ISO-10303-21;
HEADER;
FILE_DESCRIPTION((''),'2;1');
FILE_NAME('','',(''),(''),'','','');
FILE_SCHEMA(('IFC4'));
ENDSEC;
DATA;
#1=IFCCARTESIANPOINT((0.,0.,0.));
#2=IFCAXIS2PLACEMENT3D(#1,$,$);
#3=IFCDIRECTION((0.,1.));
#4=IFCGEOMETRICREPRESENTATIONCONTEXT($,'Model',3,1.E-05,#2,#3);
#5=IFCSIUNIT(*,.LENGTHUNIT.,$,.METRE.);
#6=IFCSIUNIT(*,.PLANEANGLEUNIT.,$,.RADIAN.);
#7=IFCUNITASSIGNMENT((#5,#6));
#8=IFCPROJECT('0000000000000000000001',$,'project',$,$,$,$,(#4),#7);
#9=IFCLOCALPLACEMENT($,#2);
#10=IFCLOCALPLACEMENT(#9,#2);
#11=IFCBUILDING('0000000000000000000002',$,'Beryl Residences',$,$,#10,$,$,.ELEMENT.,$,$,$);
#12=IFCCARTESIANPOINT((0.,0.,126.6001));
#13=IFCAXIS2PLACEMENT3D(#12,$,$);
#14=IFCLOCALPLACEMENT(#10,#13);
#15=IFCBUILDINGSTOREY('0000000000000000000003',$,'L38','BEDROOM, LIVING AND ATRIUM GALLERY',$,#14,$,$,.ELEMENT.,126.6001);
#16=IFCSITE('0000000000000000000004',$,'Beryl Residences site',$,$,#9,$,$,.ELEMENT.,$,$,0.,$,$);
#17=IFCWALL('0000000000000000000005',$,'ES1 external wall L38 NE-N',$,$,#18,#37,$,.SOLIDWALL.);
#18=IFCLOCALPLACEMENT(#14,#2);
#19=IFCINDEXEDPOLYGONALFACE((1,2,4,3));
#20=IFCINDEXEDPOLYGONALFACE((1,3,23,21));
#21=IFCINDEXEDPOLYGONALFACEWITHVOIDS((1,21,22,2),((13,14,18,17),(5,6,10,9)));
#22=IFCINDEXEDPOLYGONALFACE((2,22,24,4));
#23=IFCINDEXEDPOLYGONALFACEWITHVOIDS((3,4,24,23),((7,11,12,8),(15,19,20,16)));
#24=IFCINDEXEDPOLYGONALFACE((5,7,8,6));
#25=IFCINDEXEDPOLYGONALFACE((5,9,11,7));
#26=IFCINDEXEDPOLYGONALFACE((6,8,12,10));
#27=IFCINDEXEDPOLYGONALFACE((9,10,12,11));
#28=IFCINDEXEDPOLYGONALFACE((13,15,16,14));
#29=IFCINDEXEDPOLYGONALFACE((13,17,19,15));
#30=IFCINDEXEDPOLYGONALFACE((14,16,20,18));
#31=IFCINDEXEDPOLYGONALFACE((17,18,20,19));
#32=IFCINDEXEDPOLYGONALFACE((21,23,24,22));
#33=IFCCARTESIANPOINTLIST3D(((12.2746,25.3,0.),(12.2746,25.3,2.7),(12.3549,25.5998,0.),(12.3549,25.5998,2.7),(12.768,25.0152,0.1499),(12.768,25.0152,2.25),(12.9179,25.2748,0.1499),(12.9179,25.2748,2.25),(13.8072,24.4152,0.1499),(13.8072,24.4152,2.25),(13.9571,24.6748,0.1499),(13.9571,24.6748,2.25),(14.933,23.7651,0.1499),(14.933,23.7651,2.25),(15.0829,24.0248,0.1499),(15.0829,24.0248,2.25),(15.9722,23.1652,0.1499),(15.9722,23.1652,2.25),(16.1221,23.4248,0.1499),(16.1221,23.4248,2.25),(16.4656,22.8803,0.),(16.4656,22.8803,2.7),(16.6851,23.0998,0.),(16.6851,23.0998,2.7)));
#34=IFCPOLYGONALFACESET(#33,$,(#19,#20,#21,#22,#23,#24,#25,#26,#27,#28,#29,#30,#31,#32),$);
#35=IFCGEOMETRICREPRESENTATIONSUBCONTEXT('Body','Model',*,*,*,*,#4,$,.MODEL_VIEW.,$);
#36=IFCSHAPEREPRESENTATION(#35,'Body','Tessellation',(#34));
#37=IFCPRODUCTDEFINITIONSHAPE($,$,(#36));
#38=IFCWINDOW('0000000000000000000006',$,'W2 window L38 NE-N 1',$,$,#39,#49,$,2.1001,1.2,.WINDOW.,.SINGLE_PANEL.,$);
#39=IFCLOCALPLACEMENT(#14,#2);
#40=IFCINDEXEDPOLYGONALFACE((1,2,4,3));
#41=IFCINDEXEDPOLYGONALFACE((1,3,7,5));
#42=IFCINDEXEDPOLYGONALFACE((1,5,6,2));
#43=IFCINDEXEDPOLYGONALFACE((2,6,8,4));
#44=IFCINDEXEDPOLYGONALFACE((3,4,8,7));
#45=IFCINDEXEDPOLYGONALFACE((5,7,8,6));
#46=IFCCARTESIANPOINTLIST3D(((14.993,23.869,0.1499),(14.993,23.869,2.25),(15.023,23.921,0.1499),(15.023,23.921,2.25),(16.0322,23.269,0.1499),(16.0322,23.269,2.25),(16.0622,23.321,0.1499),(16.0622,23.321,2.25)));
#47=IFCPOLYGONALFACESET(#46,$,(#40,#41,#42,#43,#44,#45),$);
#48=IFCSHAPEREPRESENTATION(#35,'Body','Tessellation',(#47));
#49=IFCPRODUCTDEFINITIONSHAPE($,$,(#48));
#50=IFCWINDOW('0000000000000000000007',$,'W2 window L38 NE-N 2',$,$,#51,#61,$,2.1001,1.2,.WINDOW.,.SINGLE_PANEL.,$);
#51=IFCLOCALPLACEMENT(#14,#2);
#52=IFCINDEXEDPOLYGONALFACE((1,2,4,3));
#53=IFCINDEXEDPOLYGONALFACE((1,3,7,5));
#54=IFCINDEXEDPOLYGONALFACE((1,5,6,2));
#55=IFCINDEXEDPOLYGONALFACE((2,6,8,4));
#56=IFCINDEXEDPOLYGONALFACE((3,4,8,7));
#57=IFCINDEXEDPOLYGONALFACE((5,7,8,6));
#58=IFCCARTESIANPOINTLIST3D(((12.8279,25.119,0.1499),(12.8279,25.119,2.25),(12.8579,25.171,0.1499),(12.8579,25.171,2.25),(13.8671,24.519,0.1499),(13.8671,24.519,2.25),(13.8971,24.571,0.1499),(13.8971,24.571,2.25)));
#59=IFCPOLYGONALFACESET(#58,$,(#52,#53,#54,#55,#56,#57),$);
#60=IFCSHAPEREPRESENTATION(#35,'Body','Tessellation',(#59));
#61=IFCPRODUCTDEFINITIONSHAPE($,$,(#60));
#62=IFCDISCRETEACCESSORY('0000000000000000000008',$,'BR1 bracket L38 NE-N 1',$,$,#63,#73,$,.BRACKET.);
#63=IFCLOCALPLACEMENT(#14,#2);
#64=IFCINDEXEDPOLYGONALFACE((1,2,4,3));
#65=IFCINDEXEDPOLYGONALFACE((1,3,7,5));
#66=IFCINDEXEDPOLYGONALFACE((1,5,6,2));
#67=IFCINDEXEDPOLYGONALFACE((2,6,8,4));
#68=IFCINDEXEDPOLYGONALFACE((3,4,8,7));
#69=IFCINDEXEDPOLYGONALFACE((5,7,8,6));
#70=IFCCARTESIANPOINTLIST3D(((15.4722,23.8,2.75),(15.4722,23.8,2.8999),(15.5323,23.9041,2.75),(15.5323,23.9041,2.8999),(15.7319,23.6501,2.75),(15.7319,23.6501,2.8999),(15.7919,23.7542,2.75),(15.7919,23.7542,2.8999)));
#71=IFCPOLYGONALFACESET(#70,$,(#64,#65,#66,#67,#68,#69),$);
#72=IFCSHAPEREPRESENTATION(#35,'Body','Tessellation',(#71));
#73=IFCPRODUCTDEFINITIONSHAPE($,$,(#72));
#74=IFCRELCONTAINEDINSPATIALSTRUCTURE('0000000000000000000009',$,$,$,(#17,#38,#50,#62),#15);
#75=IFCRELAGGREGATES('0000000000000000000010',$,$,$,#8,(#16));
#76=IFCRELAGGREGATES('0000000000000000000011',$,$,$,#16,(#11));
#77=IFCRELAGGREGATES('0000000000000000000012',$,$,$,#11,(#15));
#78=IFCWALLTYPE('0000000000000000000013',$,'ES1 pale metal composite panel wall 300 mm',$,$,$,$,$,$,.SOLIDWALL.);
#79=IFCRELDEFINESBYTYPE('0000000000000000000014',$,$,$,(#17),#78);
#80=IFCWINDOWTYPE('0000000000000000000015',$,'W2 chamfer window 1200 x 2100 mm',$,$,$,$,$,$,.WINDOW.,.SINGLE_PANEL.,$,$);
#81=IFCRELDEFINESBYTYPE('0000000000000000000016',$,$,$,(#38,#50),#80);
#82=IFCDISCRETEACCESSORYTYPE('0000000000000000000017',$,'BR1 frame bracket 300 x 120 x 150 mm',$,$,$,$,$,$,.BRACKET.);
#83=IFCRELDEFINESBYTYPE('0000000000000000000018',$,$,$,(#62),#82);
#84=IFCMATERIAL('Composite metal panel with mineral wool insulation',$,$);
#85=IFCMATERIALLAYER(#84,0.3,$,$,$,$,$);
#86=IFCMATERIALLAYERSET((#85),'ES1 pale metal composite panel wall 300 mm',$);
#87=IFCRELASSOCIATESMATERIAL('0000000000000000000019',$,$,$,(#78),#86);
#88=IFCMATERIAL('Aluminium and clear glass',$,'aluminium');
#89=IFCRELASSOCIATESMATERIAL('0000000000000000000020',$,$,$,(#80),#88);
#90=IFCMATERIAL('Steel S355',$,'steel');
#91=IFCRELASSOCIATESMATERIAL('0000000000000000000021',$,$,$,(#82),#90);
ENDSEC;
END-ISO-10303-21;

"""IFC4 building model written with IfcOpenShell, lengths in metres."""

from ifc_helpers import new_model, si_unit, direction, frame, frame_2d, origin, place, context, subcontext, project, spatial, polyline, rectangle, outline, extrude, source, transform, mapped, material, layer, layer_set, type_object, type_shapes, element, fill, save


model = new_model("IFC4")

# Units and contexts
model_context = context("Model", 3, precision=1e-05, world=origin(), true_north=direction((0.0, 1.0)))
body_context = subcontext(model_context, "Body", "Model", "MODEL_VIEW")
ifc_project = project(units=[si_unit("LENGTHUNIT", "METRE"), si_unit("PLANEANGLEUNIT", "RADIAN")], contexts=[model_context])

# Site, building, storey
site_placement = place(None, origin())
site = spatial("IfcSite", under=ifc_project, at=site_placement, Name="Beryl Residences site", CompositionType="ELEMENT", RefElevation=0.0)
building_placement = place(site_placement, origin())
building = spatial("IfcBuilding", under=site, at=building_placement, Name="Beryl Residences", CompositionType="ELEMENT")
storey_placement = place(building_placement, frame((0.0, 0.0, 126.6001)))
storey = spatial("IfcBuildingStorey", under=building, at=storey_placement, Name="L38", Description="BEDROOM, LIVING AND ATRIUM GALLERY", CompositionType="ELEMENT", Elevation=126.6001)

# Wall, openings, windows
ifc_material_1 = material(Name="Composite metal panel with mineral wool insulation")
ifc_layer = layer(ifc_material_1, 0.3)
ifc_layer_set = layer_set([ifc_layer], Name="ES1 pale metal composite panel wall 300 mm")
wall_type = type_object("IfcWallType", Name="ES1 pale metal composite panel wall 300 mm", PredefinedType="SOLIDWALL", material=ifc_layer_set)
wall_1_placement = place(storey_placement, frame((16.6101, 22.97, 0.0), z_axis=(0.0, 0.0, 1.0), x_axis=(-0.866023, 0.500004, 0.0)))
wall_1 = element("IfcWall", 1, at=wall_1_placement, inside=storey, type_object=wall_type, Name="ES1 external wall L38 NE-N", PredefinedType="SOLIDWALL", context=body_context, shape_type="SweptSolid", body=[
    extrude(outline(polyline([(0.0, -0.1499), (5.0, -0.1499), (4.9197, 0.1499), (0.0803, 0.1499), (0.0, -0.1499)])), origin(), (0.0, 0.0, 1.0), 2.7),
])
opening_1_placement = place(wall_1_placement, frame((0.6499, 0.0, 0.1499)))
opening_1 = element("IfcOpeningElement", 2, at=opening_1_placement, cuts=wall_1, PredefinedType="OPENING", context=body_context, shape_type="SweptSolid", body=[
    extrude(rectangle(XDim=1.2, YDim=2.1001, at=frame_2d((0.6001, 1.05))), frame((0.0, 0.1599, 0.0), z_axis=(0.0, -1.0, 0.0), x_axis=(1.0, 0.0, 0.0)), (0.0, 0.0, 1.0), 0.3201),
])
opening_2_placement = place(wall_1_placement, frame((3.1499, 0.0, 0.1499)))
opening_2 = element("IfcOpeningElement", 3, at=opening_2_placement, cuts=wall_1, PredefinedType="OPENING", context=body_context, shape_type="SweptSolid", body=[
    extrude(rectangle(XDim=1.2, YDim=2.1001, at=frame_2d((0.6001, 1.05))), frame((0.0, 0.1599, 0.0), z_axis=(0.0, -1.0, 0.0), x_axis=(1.0, 0.0, 0.0)), (0.0, 0.0, 1.0), 0.3201),
])
ifc_material_2 = material(Name="Aluminium and clear glass", Category="aluminium")
window_type_1 = type_object("IfcWindowType", Name="W2 chamfer window 1200 x 2100 mm", PartitioningType="SINGLE_PANEL", PredefinedType="WINDOW", material=ifc_material_2)
window_1_placement = place(opening_1_placement, origin())
window_1 = element("IfcWindow", 4, at=window_1_placement, inside=storey, type_object=window_type_1, Name="W2 window L38 NE-N 1", OverallHeight=2.1001, OverallWidth=1.2, PartitioningType="SINGLE_PANEL", PredefinedType="WINDOW", context=body_context, shape_type="SweptSolid", body=[
    extrude(rectangle(XDim=1.2, YDim=2.1001, at=frame_2d((0.6001, 1.05))), frame((0.0, 0.03, 0.0), z_axis=(0.0, -1.0, 0.0), x_axis=(1.0, 0.0, 0.0)), (0.0, 0.0, 1.0), 0.0601),
])
fill(opening_1, window_1)
window_2_placement = place(opening_2_placement, origin())
window_2 = element("IfcWindow", 5, at=window_2_placement, inside=storey, type_object=window_type_1, Name="W2 window L38 NE-N 2", OverallHeight=2.1001, OverallWidth=1.2, PartitioningType="SINGLE_PANEL", PredefinedType="WINDOW", context=body_context, shape_type="SweptSolid", body=[
    extrude(rectangle(XDim=1.2, YDim=2.1001, at=frame_2d((0.6001, 1.05))), frame((0.0, 0.03, 0.0), z_axis=(0.0, -1.0, 0.0), x_axis=(1.0, 0.0, 0.0)), (0.0, 0.0, 1.0), 0.0601),
])
fill(opening_2, window_2)

# Discrete accessory
ifc_material_3 = material(Name="Steel S355", Category="steel")
discrete_accessory_type = type_object("IfcDiscreteAccessoryType", Name="BR1 frame bracket 300 x 120 x 150 mm", PredefinedType="BRACKET", material=ifc_material_3)
shared_shape_1 = source(origin(), body_context, "Body", "SweptSolid", [
    extrude(outline(polyline([(-0.1499, 0.0), (0.1499, 0.0), (0.1499, 0.1201), (-0.1499, 0.1201), (-0.1499, 0.0)])), origin(), (0.0, 0.0, 1.0), 0.1499),
])
type_shapes(discrete_accessory_type, [shared_shape_1])
discrete_accessory_placement = place(storey_placement, frame((15.6021, 23.7251, 2.75), z_axis=(0.0, 0.0, 1.0), x_axis=(0.866025, -0.5, 0.0)))
element("IfcDiscreteAccessory", 6, at=discrete_accessory_placement, inside=storey, type_object=discrete_accessory_type, Name="BR1 bracket L38 NE-N 1", PredefinedType="BRACKET", context=body_context, shape_type="MappedRepresentation", body=[
    mapped(shared_shape_1, transform((0.0, 0.0, 0.0))),
])

save(model, "model.ifc")
